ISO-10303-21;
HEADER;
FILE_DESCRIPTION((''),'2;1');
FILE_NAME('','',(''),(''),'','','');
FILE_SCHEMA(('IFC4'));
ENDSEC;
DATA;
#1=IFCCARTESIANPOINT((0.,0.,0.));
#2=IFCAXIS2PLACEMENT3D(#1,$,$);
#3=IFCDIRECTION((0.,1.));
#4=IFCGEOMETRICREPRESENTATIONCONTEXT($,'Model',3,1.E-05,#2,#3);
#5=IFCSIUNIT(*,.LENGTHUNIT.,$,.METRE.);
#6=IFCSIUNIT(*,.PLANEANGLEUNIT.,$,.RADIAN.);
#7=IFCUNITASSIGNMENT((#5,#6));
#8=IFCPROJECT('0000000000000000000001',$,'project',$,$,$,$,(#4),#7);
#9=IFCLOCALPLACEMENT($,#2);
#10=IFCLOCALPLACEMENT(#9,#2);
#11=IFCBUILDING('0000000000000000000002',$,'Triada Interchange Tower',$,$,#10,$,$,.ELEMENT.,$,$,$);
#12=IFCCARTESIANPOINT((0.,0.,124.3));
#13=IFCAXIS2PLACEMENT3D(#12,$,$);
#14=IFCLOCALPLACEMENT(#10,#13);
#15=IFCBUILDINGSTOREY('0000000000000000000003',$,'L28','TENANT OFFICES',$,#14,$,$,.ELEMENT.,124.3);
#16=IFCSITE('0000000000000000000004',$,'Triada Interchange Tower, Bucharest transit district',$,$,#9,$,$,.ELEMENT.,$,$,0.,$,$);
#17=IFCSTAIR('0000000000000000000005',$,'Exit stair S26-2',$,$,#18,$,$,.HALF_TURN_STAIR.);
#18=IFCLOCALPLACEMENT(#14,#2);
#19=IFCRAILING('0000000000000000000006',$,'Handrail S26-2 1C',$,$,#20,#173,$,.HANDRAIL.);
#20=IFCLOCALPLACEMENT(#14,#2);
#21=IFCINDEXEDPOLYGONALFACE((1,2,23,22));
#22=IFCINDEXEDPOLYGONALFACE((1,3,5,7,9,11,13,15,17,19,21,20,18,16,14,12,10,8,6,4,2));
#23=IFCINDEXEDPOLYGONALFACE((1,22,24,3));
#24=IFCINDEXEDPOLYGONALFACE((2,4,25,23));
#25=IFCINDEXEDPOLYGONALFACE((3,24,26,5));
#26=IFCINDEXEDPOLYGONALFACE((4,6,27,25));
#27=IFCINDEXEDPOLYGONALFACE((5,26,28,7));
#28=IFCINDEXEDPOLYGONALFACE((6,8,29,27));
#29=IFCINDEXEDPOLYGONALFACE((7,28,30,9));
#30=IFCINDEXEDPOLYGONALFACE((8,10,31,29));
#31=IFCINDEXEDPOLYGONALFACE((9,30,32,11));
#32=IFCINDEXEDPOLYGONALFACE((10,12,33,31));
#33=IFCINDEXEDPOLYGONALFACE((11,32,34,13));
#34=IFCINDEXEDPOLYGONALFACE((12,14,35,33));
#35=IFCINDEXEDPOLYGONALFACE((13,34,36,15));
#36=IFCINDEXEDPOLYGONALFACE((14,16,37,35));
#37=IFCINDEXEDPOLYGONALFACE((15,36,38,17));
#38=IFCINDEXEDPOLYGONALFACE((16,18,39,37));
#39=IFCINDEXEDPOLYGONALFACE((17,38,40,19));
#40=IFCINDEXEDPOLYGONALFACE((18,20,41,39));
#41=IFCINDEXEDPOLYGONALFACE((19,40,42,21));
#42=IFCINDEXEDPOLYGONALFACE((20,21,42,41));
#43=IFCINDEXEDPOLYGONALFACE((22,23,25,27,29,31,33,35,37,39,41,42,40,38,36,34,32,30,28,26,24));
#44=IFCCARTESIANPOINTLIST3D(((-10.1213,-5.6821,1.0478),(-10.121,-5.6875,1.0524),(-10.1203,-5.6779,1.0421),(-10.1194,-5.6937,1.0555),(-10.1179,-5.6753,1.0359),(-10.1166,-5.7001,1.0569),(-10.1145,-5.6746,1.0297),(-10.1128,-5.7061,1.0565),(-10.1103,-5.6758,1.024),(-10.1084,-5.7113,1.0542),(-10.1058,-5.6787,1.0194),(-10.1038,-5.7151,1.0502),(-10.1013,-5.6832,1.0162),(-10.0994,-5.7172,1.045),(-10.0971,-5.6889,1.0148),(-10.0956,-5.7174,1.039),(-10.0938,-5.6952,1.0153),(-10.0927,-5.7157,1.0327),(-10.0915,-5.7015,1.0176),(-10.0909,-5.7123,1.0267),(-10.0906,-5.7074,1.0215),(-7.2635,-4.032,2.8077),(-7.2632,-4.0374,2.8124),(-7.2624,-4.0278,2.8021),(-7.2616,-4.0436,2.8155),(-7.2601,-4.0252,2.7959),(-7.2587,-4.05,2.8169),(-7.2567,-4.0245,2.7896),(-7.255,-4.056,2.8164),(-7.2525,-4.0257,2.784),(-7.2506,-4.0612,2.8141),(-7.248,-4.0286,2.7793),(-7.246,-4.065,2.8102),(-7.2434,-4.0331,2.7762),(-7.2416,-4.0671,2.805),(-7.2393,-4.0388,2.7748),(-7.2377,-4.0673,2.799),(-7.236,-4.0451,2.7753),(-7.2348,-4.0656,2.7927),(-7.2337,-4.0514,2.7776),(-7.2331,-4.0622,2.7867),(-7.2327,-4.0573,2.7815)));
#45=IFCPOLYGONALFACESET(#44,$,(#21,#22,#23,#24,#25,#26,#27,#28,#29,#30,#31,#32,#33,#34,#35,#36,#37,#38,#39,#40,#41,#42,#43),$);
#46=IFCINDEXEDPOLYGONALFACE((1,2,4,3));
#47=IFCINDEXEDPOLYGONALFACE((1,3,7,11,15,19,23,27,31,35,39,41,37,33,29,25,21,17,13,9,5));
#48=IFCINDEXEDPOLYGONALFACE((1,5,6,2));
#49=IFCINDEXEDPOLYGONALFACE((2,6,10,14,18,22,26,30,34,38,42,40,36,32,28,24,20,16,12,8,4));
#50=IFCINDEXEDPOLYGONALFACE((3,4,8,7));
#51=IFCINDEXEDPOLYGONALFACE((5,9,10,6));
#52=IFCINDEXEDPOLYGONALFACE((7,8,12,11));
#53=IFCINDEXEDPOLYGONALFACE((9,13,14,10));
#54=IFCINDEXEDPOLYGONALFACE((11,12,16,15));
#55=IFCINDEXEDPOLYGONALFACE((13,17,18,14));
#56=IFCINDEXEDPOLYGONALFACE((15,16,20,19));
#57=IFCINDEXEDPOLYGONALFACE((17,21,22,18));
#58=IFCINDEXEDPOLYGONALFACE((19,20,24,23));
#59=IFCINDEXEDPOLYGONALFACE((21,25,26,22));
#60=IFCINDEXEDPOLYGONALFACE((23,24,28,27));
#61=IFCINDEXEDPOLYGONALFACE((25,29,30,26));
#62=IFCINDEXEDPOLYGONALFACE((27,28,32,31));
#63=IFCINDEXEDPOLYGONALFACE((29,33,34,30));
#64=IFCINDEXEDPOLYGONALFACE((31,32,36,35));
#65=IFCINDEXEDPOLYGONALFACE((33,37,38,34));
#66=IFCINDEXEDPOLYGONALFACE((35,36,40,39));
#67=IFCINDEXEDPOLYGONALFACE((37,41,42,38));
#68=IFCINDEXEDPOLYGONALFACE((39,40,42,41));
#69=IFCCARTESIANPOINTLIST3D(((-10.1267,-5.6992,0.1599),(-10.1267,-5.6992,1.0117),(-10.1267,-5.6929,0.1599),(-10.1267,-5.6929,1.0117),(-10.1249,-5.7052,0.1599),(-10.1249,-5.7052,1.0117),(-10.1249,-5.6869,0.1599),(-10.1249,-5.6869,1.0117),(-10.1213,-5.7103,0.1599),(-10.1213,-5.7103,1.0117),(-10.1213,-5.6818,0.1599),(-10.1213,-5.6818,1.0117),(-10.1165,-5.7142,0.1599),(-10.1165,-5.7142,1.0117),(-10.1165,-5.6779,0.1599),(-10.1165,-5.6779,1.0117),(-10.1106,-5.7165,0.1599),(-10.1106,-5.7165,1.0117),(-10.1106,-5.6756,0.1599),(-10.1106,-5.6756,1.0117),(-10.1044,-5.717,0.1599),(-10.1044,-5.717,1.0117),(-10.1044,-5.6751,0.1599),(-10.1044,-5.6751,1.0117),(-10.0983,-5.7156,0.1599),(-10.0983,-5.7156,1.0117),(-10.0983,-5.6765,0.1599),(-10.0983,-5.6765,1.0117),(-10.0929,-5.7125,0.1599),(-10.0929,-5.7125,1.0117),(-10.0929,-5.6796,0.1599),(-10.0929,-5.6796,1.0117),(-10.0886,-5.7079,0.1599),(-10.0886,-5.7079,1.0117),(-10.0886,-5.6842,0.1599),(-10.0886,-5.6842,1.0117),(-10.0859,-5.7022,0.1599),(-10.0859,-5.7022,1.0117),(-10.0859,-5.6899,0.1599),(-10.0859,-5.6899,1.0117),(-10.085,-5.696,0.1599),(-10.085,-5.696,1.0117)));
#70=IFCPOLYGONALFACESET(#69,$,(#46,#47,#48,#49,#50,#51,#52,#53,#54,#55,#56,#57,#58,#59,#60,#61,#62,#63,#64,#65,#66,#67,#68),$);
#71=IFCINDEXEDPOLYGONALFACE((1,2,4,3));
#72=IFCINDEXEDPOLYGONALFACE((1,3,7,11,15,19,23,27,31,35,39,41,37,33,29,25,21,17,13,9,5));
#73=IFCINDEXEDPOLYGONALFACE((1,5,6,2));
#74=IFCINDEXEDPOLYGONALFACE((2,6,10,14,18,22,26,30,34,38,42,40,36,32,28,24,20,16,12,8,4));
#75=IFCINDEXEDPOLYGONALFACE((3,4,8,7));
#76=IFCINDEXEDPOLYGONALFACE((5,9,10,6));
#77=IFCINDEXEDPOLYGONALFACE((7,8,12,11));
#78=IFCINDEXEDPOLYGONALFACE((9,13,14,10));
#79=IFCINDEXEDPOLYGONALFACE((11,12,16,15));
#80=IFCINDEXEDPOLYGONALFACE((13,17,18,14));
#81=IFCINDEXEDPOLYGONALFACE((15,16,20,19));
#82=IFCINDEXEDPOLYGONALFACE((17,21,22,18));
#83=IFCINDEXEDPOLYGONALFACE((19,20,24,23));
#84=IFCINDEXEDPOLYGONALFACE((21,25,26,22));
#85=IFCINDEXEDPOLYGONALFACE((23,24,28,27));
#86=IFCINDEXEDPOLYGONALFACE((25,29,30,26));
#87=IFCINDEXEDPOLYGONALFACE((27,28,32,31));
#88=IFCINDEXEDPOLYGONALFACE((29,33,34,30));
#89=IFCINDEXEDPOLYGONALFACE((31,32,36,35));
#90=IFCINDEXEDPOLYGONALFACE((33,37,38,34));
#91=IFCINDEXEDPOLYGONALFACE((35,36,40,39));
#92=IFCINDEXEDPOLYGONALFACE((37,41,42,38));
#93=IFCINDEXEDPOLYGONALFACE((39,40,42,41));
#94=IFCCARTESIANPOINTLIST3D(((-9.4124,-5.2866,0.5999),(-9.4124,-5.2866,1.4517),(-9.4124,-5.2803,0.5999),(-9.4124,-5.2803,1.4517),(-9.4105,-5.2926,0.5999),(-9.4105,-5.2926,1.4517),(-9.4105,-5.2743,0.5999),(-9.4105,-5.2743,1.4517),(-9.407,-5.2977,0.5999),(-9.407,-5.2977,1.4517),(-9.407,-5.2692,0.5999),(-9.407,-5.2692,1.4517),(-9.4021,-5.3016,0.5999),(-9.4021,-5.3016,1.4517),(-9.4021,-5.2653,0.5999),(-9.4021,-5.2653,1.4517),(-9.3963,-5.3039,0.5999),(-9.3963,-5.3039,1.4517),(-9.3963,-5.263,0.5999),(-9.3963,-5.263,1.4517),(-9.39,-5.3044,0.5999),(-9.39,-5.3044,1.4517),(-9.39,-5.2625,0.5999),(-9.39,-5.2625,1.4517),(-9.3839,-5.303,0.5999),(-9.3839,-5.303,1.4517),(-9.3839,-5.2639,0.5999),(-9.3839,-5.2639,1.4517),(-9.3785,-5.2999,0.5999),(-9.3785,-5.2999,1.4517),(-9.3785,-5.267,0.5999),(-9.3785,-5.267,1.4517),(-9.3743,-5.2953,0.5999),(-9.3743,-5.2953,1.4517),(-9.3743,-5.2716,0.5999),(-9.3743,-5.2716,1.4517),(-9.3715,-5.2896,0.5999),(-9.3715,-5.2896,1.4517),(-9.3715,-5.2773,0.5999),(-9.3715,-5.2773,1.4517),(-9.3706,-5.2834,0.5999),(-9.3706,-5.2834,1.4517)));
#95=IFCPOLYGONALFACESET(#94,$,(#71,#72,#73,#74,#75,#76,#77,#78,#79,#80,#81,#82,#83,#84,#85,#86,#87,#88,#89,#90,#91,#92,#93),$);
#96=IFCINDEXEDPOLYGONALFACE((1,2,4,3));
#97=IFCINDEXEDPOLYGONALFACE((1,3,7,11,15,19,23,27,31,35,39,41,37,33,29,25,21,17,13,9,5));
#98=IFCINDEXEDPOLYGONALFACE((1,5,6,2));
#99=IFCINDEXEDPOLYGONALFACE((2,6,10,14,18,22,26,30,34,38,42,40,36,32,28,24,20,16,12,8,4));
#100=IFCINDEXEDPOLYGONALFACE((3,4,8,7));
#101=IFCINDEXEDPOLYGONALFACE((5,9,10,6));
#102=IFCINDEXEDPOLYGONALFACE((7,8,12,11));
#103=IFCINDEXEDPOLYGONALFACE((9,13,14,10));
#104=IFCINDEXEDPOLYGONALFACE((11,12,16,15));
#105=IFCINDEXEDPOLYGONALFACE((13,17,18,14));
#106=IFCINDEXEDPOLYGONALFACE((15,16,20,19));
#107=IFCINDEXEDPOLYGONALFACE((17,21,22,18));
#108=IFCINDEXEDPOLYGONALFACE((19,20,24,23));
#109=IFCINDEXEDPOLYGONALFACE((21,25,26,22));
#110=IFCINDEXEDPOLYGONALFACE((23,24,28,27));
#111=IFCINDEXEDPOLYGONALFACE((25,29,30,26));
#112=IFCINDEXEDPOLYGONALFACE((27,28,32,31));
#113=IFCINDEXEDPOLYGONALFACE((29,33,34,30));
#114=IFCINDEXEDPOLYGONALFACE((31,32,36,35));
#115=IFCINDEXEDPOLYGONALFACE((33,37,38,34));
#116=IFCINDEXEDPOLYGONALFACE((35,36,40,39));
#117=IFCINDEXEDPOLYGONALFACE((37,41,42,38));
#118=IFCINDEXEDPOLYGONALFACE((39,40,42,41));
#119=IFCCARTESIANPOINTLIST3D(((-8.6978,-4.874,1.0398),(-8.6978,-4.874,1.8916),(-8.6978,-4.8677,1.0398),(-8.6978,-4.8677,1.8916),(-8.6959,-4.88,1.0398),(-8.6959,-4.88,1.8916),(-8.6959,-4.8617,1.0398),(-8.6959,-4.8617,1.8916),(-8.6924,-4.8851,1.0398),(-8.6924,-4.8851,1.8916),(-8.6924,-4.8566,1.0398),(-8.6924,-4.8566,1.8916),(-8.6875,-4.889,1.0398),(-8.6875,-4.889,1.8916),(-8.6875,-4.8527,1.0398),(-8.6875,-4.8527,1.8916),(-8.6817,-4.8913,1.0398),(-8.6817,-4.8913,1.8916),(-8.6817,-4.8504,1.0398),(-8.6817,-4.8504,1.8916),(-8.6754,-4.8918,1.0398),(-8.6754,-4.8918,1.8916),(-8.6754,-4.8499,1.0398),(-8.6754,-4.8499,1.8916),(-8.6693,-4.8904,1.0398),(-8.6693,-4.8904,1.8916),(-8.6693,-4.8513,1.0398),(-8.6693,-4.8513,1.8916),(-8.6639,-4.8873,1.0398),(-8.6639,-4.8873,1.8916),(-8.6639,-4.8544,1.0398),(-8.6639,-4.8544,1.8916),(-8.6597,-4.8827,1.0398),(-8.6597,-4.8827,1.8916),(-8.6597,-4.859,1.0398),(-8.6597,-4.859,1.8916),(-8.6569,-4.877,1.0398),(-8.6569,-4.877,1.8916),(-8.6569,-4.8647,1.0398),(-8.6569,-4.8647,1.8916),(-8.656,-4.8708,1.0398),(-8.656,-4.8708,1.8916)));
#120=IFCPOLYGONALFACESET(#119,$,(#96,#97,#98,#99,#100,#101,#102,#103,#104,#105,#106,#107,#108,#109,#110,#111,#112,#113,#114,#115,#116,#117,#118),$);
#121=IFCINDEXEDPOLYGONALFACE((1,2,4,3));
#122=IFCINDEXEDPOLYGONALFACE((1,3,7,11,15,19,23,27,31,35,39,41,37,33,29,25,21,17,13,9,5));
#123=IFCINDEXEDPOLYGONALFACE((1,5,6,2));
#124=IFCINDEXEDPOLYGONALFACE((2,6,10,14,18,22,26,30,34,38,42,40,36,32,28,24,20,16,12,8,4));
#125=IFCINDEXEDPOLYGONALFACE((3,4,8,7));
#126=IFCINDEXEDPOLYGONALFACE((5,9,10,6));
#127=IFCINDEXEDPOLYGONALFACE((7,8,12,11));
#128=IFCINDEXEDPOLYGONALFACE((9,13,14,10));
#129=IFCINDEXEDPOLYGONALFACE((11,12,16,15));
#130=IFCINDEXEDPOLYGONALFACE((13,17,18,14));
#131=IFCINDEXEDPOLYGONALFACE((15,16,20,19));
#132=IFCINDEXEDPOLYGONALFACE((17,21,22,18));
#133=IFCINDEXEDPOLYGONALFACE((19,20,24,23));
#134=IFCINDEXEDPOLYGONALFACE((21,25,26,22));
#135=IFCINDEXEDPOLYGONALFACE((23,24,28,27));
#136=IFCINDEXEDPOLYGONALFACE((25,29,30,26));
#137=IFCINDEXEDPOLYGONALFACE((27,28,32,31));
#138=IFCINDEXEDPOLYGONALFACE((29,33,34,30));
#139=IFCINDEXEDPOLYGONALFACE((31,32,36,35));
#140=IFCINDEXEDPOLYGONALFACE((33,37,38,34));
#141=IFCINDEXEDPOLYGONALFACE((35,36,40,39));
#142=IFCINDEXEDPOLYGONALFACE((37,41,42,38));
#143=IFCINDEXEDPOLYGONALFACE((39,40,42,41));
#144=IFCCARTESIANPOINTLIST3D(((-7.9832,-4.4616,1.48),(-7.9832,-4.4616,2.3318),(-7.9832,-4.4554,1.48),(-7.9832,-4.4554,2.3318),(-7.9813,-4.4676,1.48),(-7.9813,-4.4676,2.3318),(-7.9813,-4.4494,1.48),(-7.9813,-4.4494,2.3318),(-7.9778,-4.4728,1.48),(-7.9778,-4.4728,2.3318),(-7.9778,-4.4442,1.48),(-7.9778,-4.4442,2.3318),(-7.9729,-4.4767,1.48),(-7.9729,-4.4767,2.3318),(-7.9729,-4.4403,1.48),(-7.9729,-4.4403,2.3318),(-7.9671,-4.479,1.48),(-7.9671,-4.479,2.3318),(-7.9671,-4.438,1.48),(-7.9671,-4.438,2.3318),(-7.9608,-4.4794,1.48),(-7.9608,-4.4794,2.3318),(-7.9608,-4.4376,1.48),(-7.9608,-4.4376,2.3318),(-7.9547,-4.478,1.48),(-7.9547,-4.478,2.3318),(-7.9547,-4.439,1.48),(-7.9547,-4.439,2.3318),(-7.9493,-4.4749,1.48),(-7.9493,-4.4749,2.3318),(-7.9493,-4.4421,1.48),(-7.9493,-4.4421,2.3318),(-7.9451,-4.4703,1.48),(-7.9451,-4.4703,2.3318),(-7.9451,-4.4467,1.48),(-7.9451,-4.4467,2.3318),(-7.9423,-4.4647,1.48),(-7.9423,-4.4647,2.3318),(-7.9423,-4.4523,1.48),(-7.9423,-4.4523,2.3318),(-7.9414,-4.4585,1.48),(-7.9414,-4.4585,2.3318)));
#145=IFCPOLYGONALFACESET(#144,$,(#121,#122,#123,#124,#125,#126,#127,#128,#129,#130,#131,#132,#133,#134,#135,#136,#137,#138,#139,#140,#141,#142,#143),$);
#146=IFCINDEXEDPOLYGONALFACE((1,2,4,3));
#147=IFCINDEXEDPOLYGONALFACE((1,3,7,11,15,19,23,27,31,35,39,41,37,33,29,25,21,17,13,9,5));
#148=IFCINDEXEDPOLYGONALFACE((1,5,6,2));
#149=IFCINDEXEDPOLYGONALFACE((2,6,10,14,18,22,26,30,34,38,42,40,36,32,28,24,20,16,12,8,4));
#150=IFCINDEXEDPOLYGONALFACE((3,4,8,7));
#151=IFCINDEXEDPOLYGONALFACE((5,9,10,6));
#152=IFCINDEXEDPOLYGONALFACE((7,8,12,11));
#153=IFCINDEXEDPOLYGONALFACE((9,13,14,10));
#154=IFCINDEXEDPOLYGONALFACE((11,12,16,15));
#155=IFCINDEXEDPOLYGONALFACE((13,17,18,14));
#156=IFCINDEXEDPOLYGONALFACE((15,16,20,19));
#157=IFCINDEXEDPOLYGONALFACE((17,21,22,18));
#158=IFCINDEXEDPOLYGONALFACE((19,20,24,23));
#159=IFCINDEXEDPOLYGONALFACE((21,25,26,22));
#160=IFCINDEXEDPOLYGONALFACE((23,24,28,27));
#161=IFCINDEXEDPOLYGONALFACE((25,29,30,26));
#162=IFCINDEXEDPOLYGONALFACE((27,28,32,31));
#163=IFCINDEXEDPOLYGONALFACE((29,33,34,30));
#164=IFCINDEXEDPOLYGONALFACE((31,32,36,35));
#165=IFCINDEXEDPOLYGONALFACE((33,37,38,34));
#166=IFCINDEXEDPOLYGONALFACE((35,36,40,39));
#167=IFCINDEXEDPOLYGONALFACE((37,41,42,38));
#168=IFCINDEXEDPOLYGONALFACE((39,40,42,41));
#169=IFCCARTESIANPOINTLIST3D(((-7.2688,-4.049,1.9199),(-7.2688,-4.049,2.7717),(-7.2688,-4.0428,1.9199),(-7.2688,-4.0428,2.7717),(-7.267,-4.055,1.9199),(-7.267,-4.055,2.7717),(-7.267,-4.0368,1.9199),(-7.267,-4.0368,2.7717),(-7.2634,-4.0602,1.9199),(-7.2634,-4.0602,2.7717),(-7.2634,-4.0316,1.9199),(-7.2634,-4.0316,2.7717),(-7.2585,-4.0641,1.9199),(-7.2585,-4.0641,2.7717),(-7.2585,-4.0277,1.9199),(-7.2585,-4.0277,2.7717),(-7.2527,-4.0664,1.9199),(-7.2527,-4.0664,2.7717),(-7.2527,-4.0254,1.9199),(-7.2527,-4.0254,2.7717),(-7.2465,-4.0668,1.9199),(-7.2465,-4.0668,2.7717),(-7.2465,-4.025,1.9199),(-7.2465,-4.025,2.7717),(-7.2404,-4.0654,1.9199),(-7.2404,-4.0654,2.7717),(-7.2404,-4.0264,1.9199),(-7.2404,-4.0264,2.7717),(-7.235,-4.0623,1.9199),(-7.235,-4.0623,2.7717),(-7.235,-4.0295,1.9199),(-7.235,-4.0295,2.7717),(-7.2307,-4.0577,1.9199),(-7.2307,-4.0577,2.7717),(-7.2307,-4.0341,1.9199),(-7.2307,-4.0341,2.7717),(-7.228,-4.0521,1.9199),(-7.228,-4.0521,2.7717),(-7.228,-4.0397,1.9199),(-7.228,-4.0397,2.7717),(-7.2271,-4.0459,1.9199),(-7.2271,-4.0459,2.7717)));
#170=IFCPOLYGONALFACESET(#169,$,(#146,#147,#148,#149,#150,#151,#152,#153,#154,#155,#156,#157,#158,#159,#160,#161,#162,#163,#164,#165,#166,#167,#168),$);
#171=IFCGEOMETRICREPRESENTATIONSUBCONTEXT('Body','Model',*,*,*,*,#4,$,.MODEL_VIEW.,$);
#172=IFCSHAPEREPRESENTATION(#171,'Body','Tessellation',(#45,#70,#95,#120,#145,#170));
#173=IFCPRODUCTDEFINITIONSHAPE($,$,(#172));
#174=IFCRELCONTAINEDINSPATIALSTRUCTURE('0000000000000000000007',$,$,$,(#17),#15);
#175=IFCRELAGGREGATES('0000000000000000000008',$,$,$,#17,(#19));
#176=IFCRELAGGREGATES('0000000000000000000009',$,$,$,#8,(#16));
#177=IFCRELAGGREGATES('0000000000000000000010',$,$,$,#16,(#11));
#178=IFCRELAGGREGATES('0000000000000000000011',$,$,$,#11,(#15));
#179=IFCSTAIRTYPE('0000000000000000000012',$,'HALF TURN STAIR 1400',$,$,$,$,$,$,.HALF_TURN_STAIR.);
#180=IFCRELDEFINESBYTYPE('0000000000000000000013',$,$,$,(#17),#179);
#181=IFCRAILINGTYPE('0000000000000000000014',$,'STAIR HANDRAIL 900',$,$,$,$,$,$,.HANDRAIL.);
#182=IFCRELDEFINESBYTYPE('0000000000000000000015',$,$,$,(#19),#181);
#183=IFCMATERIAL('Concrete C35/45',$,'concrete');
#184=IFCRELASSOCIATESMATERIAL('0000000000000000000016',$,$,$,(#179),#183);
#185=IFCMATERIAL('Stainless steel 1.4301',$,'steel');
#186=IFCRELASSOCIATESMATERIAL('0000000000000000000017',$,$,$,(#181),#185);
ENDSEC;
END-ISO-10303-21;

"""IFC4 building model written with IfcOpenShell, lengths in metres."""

from ifc_helpers import new_model, si_unit, direction, frame, origin, origin_2d, place, context, subcontext, project, spatial, circle, extrude, material, type_object, element, aggregate, save


model = new_model("IFC4")

# Units and contexts
model_context = context("Model", 3, precision=1e-05, world=origin(), true_north=direction((0.0, 1.0)))
body_context = subcontext(model_context, "Body", "Model", "MODEL_VIEW")
ifc_project = project(units=[si_unit("LENGTHUNIT", "METRE"), si_unit("PLANEANGLEUNIT", "RADIAN")], contexts=[model_context])

# Site, building, storey
site_placement = place(None, origin())
site = spatial("IfcSite", under=ifc_project, at=site_placement, Name="Triada Interchange Tower, Bucharest transit district", CompositionType="ELEMENT", RefElevation=0.0)
building_placement = place(site_placement, origin())
building = spatial("IfcBuilding", under=site, at=building_placement, Name="Triada Interchange Tower", CompositionType="ELEMENT")
storey_placement = place(building_placement, frame((0.0, 0.0, 124.3)))
storey = spatial("IfcBuildingStorey", under=building, at=storey_placement, Name="L28", Description="TENANT OFFICES", CompositionType="ELEMENT", Elevation=124.3)

# Stair, railing
ifc_material_1 = material(Name="Concrete C35/45", Category="concrete")
stair_type = type_object("IfcStairType", Name="HALF TURN STAIR 1400", PredefinedType="HALF_TURN_STAIR", material=ifc_material_1)
stair_placement = place(storey_placement, origin())
stair = element("IfcStair", 1, at=stair_placement, inside=storey, type_object=stair_type, Name="Exit stair S26-2", PredefinedType="HALF_TURN_STAIR")
ifc_material_2 = material(Name="Stainless steel 1.4301", Category="steel")
railing_type = type_object("IfcRailingType", Name="STAIR HANDRAIL 900", PredefinedType="HANDRAIL", material=ifc_material_2)
railing_1_placement = place(storey_placement, frame((-10.106, -5.696, 0.1599)))
railing_1 = element("IfcRailing", 2, at=railing_1_placement, type_object=railing_type, Name="Handrail S26-2 1C", PredefinedType="HANDRAIL", context=body_context, shape_type="SweptSolid", body=[
    extrude(circle(Radius=0.0239, at=origin_2d()), frame((0.0, 0.0, 0.876), z_axis=(0.764129, 0.441205, 0.47058), x_axis=(-0.50003, 0.866008, 0.0)), (0.0, 0.0, 1.0), 3.74),
    extrude(circle(Radius=0.021, at=origin_2d()), origin(), (0.0, 0.0, 1.0), 0.8518),
    extrude(circle(Radius=0.021, at=origin_2d()), frame((0.7144, 0.4126, 0.4399)), (0.0, 0.0, 1.0), 0.8518),
    extrude(circle(Radius=0.021, at=origin_2d()), frame((1.429, 0.8252, 0.8799)), (0.0, 0.0, 1.0), 0.8518),
    extrude(circle(Radius=0.021, at=origin_2d()), frame((2.1436, 1.2375, 1.3201)), (0.0, 0.0, 1.0), 0.8518),
    extrude(circle(Radius=0.021, at=origin_2d()), frame((2.8579, 1.6501, 1.76)), (0.0, 0.0, 1.0), 0.8518),
])
aggregate(stair, [railing_1])

save(model, "model.ifc")
